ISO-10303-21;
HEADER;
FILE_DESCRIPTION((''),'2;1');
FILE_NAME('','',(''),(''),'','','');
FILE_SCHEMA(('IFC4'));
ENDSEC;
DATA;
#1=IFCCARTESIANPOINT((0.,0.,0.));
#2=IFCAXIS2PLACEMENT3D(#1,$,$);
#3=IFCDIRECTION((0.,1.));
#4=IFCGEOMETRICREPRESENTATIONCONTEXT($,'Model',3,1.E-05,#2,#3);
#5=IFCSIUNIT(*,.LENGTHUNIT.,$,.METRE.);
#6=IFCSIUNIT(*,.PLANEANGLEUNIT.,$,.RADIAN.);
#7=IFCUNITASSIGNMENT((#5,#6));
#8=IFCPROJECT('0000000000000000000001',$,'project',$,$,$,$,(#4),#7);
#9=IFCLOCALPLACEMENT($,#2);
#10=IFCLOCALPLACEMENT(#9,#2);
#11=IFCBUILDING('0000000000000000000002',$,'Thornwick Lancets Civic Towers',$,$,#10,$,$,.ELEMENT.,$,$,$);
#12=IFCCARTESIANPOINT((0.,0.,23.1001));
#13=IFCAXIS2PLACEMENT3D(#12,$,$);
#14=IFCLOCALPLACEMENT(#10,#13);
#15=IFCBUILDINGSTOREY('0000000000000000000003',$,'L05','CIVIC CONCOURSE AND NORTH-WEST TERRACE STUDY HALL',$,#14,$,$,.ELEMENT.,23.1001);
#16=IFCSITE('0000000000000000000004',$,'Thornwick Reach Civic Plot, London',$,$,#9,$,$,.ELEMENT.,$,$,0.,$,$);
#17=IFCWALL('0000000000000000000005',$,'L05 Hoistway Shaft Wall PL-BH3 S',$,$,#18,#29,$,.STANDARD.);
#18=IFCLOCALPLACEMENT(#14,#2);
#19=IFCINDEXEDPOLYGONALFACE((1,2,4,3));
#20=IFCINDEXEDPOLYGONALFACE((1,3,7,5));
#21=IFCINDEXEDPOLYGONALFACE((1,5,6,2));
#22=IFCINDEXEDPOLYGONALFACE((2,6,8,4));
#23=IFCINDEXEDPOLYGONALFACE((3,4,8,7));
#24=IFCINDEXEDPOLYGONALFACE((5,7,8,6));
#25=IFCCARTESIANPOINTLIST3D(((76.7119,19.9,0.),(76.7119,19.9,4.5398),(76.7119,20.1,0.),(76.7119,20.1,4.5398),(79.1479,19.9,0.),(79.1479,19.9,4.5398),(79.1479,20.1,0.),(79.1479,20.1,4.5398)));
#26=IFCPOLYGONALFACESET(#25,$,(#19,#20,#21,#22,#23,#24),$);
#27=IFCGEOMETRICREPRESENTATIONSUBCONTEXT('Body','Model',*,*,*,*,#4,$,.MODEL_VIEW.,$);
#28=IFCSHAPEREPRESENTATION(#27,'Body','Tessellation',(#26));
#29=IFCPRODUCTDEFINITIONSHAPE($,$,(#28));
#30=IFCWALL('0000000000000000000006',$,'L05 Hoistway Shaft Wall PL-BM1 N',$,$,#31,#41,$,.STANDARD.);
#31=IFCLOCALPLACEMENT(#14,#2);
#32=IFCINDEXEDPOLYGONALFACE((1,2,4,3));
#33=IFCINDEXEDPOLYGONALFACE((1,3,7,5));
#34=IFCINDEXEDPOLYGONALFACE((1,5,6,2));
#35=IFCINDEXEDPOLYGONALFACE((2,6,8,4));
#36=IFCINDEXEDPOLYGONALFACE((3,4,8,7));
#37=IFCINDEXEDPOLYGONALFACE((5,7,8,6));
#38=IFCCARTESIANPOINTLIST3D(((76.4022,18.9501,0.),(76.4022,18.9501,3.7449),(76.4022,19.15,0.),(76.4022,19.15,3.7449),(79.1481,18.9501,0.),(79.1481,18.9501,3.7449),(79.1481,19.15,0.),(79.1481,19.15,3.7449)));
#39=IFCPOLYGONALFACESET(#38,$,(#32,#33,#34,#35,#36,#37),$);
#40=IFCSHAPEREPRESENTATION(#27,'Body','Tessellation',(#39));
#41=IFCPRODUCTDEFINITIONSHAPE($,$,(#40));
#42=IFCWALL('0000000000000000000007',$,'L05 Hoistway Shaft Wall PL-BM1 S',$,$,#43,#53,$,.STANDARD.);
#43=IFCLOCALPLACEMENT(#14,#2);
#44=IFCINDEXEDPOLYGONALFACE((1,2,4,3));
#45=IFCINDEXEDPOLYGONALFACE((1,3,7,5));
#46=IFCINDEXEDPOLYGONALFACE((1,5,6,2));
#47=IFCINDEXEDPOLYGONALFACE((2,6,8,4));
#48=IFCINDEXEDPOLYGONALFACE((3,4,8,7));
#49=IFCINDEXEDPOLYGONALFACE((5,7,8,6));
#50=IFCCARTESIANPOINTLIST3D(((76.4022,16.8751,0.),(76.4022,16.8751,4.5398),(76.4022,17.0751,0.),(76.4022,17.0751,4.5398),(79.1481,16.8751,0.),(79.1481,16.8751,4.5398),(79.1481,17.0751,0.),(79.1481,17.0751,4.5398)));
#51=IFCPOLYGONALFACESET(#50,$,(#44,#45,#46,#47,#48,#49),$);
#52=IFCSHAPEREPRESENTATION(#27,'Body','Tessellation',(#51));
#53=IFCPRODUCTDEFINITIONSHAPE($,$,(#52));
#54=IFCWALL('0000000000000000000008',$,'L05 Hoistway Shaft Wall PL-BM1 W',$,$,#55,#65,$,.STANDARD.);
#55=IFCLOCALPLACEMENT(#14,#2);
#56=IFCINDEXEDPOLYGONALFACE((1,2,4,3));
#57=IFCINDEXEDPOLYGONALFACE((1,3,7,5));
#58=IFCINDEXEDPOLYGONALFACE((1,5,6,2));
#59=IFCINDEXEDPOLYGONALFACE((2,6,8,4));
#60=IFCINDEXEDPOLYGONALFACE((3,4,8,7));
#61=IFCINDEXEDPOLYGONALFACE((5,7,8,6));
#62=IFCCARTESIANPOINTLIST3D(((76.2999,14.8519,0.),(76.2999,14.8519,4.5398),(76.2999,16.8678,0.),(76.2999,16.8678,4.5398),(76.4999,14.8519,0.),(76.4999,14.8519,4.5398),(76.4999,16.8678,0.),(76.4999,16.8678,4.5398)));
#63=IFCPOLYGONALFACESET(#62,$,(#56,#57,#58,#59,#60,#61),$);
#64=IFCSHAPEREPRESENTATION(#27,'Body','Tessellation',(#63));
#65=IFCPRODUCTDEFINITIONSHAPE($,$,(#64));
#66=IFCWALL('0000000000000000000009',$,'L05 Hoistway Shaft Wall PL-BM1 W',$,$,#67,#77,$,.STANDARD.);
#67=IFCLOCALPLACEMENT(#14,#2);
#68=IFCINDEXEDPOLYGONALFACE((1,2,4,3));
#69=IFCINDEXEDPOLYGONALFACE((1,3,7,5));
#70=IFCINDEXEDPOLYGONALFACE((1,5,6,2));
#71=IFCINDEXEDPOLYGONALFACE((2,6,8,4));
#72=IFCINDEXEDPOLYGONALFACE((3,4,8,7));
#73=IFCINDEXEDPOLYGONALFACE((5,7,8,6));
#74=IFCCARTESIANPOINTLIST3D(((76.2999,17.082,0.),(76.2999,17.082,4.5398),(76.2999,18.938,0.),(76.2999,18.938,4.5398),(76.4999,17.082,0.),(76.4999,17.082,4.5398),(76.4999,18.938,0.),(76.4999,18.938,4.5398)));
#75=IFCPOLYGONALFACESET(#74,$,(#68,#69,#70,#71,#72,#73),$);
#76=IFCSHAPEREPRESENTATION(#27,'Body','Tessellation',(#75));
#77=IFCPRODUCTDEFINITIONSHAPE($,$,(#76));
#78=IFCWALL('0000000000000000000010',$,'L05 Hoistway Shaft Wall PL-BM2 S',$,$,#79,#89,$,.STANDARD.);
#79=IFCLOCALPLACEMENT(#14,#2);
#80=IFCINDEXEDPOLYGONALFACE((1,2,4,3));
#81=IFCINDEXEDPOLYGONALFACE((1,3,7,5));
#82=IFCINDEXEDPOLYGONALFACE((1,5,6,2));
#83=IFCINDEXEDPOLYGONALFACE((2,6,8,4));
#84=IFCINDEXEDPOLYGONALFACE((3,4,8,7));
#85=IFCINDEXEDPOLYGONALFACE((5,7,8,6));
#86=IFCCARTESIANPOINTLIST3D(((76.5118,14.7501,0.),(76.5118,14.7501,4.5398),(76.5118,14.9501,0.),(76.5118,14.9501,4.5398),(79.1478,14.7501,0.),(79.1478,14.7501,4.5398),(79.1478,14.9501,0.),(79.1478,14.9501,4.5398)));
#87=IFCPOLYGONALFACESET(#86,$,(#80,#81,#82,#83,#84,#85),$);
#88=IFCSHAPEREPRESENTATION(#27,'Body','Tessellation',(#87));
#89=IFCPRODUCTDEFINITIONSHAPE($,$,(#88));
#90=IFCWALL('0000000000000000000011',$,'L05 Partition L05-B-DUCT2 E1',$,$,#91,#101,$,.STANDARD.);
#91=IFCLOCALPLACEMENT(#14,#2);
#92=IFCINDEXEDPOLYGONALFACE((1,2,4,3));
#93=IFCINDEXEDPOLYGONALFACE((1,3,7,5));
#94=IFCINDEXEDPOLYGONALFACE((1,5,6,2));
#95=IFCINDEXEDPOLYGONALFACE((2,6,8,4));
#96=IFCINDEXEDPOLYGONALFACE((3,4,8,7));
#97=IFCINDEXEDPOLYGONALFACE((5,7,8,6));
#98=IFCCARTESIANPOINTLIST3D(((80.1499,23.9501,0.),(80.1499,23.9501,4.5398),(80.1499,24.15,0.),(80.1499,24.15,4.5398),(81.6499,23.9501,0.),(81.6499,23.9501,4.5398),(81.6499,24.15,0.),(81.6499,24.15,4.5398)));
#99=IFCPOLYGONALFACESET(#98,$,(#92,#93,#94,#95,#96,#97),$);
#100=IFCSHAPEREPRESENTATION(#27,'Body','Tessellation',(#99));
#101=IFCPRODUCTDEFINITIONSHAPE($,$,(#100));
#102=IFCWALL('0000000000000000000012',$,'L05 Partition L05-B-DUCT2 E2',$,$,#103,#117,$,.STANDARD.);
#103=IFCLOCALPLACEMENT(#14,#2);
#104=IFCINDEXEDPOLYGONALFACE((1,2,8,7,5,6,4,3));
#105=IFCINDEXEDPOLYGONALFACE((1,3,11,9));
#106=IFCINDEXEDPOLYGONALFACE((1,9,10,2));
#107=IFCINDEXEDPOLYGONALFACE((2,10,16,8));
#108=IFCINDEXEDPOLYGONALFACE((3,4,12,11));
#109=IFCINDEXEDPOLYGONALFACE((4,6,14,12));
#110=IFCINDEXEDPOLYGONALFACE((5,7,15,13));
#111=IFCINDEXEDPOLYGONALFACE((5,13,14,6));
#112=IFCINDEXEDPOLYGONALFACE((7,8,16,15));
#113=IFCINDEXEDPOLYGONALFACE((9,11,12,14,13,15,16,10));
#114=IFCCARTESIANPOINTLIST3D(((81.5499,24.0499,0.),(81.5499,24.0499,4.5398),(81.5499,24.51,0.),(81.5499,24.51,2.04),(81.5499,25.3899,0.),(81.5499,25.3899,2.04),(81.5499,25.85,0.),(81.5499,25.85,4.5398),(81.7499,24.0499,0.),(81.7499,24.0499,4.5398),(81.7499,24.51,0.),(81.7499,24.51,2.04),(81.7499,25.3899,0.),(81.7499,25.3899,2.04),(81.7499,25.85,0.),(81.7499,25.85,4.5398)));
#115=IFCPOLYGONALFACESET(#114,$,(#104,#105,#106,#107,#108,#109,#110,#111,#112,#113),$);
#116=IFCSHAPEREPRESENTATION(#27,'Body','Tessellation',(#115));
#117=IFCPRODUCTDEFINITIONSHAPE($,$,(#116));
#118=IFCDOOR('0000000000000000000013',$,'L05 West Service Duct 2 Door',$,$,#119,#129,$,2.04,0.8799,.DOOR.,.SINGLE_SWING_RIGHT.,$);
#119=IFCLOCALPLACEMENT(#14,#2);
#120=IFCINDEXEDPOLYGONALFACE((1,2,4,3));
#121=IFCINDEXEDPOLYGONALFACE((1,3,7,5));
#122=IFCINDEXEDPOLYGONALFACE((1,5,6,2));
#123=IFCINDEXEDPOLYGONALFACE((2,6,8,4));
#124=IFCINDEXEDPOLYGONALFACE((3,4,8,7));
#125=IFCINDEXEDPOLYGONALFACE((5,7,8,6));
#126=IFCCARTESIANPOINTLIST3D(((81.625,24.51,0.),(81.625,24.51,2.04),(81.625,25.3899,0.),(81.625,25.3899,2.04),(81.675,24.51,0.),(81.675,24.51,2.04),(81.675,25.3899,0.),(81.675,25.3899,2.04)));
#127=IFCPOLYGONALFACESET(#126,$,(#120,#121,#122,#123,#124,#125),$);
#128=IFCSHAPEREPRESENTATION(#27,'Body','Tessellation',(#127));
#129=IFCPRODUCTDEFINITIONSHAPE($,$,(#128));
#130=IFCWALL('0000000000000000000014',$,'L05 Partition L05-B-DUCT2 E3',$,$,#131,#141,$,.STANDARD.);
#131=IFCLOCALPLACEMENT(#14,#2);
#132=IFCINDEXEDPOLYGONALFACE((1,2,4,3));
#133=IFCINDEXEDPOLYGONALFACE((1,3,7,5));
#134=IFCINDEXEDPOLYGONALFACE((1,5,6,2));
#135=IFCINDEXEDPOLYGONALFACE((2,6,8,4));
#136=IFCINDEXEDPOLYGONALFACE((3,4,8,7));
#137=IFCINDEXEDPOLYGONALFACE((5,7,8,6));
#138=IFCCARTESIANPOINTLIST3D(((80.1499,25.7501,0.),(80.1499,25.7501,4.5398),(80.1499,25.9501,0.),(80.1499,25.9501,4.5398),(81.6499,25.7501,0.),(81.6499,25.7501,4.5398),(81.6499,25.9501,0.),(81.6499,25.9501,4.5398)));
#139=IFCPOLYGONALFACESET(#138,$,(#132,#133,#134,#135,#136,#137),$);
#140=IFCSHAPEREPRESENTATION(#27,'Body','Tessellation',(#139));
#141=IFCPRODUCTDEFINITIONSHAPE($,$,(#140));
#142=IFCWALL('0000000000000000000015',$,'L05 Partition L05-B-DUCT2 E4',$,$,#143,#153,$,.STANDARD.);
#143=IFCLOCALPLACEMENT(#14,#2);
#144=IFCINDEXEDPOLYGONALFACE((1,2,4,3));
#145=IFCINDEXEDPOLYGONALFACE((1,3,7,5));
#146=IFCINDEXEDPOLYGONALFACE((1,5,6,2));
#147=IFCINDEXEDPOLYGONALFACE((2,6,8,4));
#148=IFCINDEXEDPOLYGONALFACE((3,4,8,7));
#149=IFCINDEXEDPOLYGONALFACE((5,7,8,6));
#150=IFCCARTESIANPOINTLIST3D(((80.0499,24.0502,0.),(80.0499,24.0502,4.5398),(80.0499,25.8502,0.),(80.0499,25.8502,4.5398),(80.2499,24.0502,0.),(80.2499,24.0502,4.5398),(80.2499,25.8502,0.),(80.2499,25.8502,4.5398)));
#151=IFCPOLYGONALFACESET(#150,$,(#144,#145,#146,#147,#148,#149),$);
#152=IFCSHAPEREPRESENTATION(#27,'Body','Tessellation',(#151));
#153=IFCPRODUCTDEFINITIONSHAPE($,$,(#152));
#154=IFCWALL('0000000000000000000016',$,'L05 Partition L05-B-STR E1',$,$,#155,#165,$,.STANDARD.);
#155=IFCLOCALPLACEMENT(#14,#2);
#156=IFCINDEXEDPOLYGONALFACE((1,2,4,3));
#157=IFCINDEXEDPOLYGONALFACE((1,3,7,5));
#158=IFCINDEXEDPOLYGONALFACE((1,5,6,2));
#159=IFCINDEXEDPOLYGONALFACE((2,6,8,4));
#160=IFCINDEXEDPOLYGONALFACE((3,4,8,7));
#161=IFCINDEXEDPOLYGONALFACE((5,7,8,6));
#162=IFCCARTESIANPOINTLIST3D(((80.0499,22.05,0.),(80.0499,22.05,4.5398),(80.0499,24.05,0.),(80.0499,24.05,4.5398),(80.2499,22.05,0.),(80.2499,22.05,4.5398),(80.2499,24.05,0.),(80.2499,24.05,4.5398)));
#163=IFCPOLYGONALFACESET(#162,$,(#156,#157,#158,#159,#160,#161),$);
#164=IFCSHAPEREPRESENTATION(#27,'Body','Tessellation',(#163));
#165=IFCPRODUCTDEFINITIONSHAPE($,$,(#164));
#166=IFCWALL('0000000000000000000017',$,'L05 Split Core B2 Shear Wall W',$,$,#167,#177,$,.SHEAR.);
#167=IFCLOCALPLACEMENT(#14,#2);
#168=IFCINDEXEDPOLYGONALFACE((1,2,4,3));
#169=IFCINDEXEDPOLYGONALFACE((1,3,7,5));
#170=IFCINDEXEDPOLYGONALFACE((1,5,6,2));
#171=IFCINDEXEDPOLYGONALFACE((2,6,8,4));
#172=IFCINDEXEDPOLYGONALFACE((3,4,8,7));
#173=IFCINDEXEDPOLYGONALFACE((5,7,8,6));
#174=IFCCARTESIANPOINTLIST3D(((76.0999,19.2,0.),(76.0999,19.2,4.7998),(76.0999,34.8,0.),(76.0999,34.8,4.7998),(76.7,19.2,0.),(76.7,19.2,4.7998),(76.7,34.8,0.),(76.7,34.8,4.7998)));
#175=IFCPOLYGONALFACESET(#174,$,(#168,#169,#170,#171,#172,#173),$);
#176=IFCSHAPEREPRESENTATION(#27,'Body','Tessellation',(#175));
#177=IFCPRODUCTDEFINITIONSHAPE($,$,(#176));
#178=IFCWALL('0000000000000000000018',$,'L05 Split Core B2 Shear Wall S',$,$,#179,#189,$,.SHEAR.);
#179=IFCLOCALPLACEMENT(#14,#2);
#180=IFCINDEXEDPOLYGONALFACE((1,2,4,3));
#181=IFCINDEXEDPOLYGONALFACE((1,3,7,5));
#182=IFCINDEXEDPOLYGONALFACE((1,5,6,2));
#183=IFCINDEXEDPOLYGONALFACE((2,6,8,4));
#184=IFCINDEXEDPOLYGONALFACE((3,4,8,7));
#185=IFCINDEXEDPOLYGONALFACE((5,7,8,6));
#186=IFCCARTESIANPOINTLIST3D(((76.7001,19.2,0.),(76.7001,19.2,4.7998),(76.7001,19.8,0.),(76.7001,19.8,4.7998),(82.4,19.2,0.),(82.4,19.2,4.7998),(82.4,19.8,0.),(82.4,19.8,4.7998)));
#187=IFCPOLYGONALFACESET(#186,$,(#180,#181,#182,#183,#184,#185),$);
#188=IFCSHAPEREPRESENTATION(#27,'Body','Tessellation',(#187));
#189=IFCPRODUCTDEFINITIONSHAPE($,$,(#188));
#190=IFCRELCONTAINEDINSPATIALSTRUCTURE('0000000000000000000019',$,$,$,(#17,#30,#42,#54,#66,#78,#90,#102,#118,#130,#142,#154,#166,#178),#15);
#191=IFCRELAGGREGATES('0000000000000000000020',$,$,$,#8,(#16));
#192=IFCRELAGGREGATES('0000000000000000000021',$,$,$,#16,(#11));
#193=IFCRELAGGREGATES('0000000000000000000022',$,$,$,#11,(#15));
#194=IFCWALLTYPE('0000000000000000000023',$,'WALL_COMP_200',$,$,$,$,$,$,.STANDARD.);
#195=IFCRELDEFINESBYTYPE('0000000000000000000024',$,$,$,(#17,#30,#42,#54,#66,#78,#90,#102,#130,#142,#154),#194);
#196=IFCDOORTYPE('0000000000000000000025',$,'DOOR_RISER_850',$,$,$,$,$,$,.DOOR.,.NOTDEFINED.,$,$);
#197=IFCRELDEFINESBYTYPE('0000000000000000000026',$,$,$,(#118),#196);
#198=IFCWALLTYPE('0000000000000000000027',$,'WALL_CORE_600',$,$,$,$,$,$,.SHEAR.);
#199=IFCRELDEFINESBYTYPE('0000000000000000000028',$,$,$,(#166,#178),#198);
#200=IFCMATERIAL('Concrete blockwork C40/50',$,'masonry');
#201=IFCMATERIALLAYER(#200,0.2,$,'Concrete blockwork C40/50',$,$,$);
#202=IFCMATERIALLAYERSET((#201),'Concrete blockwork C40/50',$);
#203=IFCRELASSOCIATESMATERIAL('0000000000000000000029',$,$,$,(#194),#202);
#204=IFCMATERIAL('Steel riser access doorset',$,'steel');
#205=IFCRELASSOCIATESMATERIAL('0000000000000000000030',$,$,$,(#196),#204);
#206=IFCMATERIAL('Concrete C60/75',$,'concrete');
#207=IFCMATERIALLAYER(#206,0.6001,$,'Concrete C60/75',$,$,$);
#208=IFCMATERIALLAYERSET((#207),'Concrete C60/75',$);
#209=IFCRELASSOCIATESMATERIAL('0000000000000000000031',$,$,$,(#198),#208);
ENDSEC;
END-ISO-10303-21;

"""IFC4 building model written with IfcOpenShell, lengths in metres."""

from ifc_helpers import new_model, si_unit, direction, frame, frame_2d, origin, place, context, subcontext, project, spatial, rectangle, extrude, material, layer, layer_set, type_object, element, fill, save


model = new_model("IFC4")

# Units and contexts
model_context = context("Model", 3, precision=1e-05, world=origin(), true_north=direction((0.0, 1.0)))
body_context = subcontext(model_context, "Body", "Model", "MODEL_VIEW")
ifc_project = project(units=[si_unit("LENGTHUNIT", "METRE"), si_unit("PLANEANGLEUNIT", "RADIAN")], contexts=[model_context])

# Site, building, storey
site_placement = place(None, origin())
site = spatial("IfcSite", under=ifc_project, at=site_placement, Name="Thornwick Reach Civic Plot, London", CompositionType="ELEMENT", RefElevation=0.0)
building_placement = place(site_placement, origin())
building = spatial("IfcBuilding", under=site, at=building_placement, Name="Thornwick Lancets Civic Towers", CompositionType="ELEMENT")
storey_placement = place(building_placement, frame((0.0, 0.0, 23.1001)))
storey = spatial("IfcBuildingStorey", under=building, at=storey_placement, Name="L05", Description="CIVIC CONCOURSE AND NORTH-WEST TERRACE STUDY HALL", CompositionType="ELEMENT", Elevation=23.1001)

# Shared definitions
ifc_material_1 = material(Name="Concrete C60/75", Category="concrete")

# Shared definitions
ifc_material_2 = material(Name="Concrete blockwork C40/50", Category="masonry")
ifc_layer_1 = layer(ifc_material_2, 0.2, Name="Concrete blockwork C40/50")
ifc_layer_set_1 = layer_set([ifc_layer_1], Name="Concrete blockwork C40/50")
wall_type_1 = type_object("IfcWallType", Name="WALL_COMP_200", PredefinedType="STANDARD", material=ifc_layer_set_1)

# Walls
for number, where, z_axis, x_axis, name in (
    (1, (76.7119, 20.0, 0.0), (0.0, 0.0, 1.0), (1.0, 0.0, 0.0), "L05 Hoistway Shaft Wall PL-BH3 S"),
):
    element("IfcWall", number, at=place(storey_placement, frame(where, z_axis=z_axis, x_axis=x_axis)), inside=storey, type_object=wall_type_1, Name=name, PredefinedType="STANDARD", context=body_context, shape_type="SweptSolid", body=[
        extrude(rectangle(XDim=2.436, YDim=0.2, at=frame_2d((1.218, 0.0))), origin(), (0.0, 0.0, 1.0), 4.5398),
    ])
wall_1_placement = place(storey_placement, frame((76.4021, 19.05, 0.0), z_axis=(0.0, 0.0, 1.0), x_axis=(1.0, 0.0, 0.0)))
element("IfcWall", 2, at=wall_1_placement, inside=storey, type_object=wall_type_1, Name="L05 Hoistway Shaft Wall PL-BM1 N", PredefinedType="STANDARD", context=body_context, shape_type="SweptSolid", body=[
    extrude(rectangle(XDim=2.7458, YDim=0.2, at=frame_2d((1.373, 0.0))), origin(), (0.0, 0.0, 1.0), 3.7449),
])
wall_2_placement = place(storey_placement, frame((76.4021, 16.9751, 0.0), z_axis=(0.0, 0.0, 1.0), x_axis=(1.0, 0.0, 0.0)))
element("IfcWall", 3, at=wall_2_placement, inside=storey, type_object=wall_type_1, Name="L05 Hoistway Shaft Wall PL-BM1 S", PredefinedType="STANDARD", context=body_context, shape_type="SweptSolid", body=[
    extrude(rectangle(XDim=2.7458, YDim=0.2, at=frame_2d((1.373, 0.0))), origin(), (0.0, 0.0, 1.0), 4.5398),
])
wall_3_placement = place(storey_placement, frame((76.3999, 14.8521, 0.0), z_axis=(0.0, 0.0, 1.0), x_axis=(0.0, 1.0, 0.0)))
element("IfcWall", 4, at=wall_3_placement, inside=storey, type_object=wall_type_1, Name="L05 Hoistway Shaft Wall PL-BM1 W", PredefinedType="STANDARD", context=body_context, shape_type="SweptSolid", body=[
    extrude(rectangle(XDim=2.0159, YDim=0.2, at=frame_2d((1.0078, 0.0))), origin(), (0.0, 0.0, 1.0), 4.5398),
])
wall_4_placement = place(storey_placement, frame((76.3999, 17.082, 0.0), z_axis=(0.0, 0.0, 1.0), x_axis=(0.0, 1.0, 0.0)))
element("IfcWall", 5, at=wall_4_placement, inside=storey, type_object=wall_type_1, Name="L05 Hoistway Shaft Wall PL-BM1 W", PredefinedType="STANDARD", context=body_context, shape_type="SweptSolid", body=[
    extrude(rectangle(XDim=1.856, YDim=0.2, at=frame_2d((0.928, 0.0))), origin(), (0.0, 0.0, 1.0), 4.5398),
])
wall_5_placement = place(storey_placement, frame((76.512, 14.8501, 0.0), z_axis=(0.0, 0.0, 1.0), x_axis=(1.0, 0.0, 0.0)))
element("IfcWall", 6, at=wall_5_placement, inside=storey, type_object=wall_type_1, Name="L05 Hoistway Shaft Wall PL-BM2 S", PredefinedType="STANDARD", context=body_context, shape_type="SweptSolid", body=[
    extrude(rectangle(XDim=2.636, YDim=0.2, at=frame_2d((1.3179, 0.0))), origin(), (0.0, 0.0, 1.0), 4.5398),
])
wall_6_placement = place(storey_placement, frame((80.1499, 24.05, 0.0), z_axis=(0.0, 0.0, 1.0), x_axis=(1.0, 0.0, 0.0)))
element("IfcWall", 7, at=wall_6_placement, inside=storey, type_object=wall_type_1, Name="L05 Partition L05-B-DUCT2 E1", PredefinedType="STANDARD", context=body_context, shape_type="SweptSolid", body=[
    extrude(rectangle(XDim=1.5, YDim=0.2, at=frame_2d((0.75, 0.0))), origin(), (0.0, 0.0, 1.0), 4.5398),
])

# Wall, opening, door
wall_7_placement = place(storey_placement, frame((81.6499, 24.05, 0.0), z_axis=(0.0, 0.0, 1.0), x_axis=(0.0, 1.0, 0.0)))
wall_7 = element("IfcWall", 8, at=wall_7_placement, inside=storey, type_object=wall_type_1, Name="L05 Partition L05-B-DUCT2 E2", PredefinedType="STANDARD", context=body_context, shape_type="SweptSolid", body=[
    extrude(rectangle(XDim=1.8, YDim=0.2, at=frame_2d((0.8999, 0.0))), origin(), (0.0, 0.0, 1.0), 4.5398),
])
opening_1_placement = place(wall_7_placement, frame((0.46, 0.0, 0.0)))
opening_1 = element("IfcOpeningElement", 9, at=opening_1_placement, cuts=wall_7, PredefinedType="OPENING", context=body_context, shape_type="SweptSolid", body=[
    extrude(rectangle(XDim=0.8799, YDim=2.04, at=frame_2d((0.4399, 1.02))), frame((0.0, 0.1099, 0.0), z_axis=(0.0, -1.0, 0.0), x_axis=(1.0, 0.0, 0.0)), (0.0, 0.0, 1.0), 0.22),
])
ifc_material_3 = material(Name="Steel riser access doorset", Category="steel")
door_type_1 = type_object("IfcDoorType", Name="DOOR_RISER_850", OperationType="NOTDEFINED", PredefinedType="DOOR", material=ifc_material_3)
door_1_placement = place(opening_1_placement, origin())
door_1 = element("IfcDoor", 10, at=door_1_placement, inside=storey, type_object=door_type_1, Name="L05 West Service Duct 2 Door", OperationType="SINGLE_SWING_RIGHT", OverallHeight=2.04, OverallWidth=0.8799, PredefinedType="DOOR", context=body_context, shape_type="SweptSolid", body=[
    extrude(rectangle(XDim=0.8799, YDim=2.04, at=frame_2d((0.4399, 1.02))), frame((0.0, 0.0249, 0.0), z_axis=(0.0, -1.0, 0.0), x_axis=(1.0, 0.0, 0.0)), (0.0, 0.0, 1.0), 0.05),
])
fill(opening_1, door_1)

# Walls
wall_8_placement = place(storey_placement, frame((81.6499, 25.8501, 0.0), z_axis=(0.0, 0.0, 1.0), x_axis=(-1.0, 0.0, 0.0)))
element("IfcWall", 11, at=wall_8_placement, inside=storey, type_object=wall_type_1, Name="L05 Partition L05-B-DUCT2 E3", PredefinedType="STANDARD", context=body_context, shape_type="SweptSolid", body=[
    extrude(rectangle(XDim=1.5, YDim=0.2, at=frame_2d((0.75, 0.0))), origin(), (0.0, 0.0, 1.0), 4.5398),
])
wall_9_placement = place(storey_placement, frame((80.1499, 25.8501, 0.0), z_axis=(0.0, 0.0, 1.0), x_axis=(0.0, -1.0, 0.0)))
element("IfcWall", 12, at=wall_9_placement, inside=storey, type_object=wall_type_1, Name="L05 Partition L05-B-DUCT2 E4", PredefinedType="STANDARD", context=body_context, shape_type="SweptSolid", body=[
    extrude(rectangle(XDim=1.8, YDim=0.2, at=frame_2d((0.8999, 0.0))), origin(), (0.0, 0.0, 1.0), 4.5398),
])
wall_10_placement = place(storey_placement, frame((80.1499, 22.05, 0.0), z_axis=(0.0, 0.0, 1.0), x_axis=(0.0, 1.0, 0.0)))
element("IfcWall", 13, at=wall_10_placement, inside=storey, type_object=wall_type_1, Name="L05 Partition L05-B-STR E1", PredefinedType="STANDARD", context=body_context, shape_type="SweptSolid", body=[
    extrude(rectangle(XDim=2.0, YDim=0.2, at=frame_2d((1.0, 0.0))), origin(), (0.0, 0.0, 1.0), 4.5398),
])
ifc_layer_2 = layer(ifc_material_1, 0.6001, Name="Concrete C60/75")
ifc_layer_set_2 = layer_set([ifc_layer_2], Name="Concrete C60/75")
wall_type_2 = type_object("IfcWallType", Name="WALL_CORE_600", PredefinedType="SHEAR", material=ifc_layer_set_2)
wall_11_placement = place(storey_placement, frame((76.3999, 19.2, 0.0), z_axis=(0.0, 0.0, 1.0), x_axis=(0.0, 1.0, 0.0)))
element("IfcWall", 14, at=wall_11_placement, inside=storey, type_object=wall_type_2, Name="L05 Split Core B2 Shear Wall W", PredefinedType="SHEAR", context=body_context, shape_type="SweptSolid", body=[
    extrude(rectangle(XDim=15.6001, YDim=0.6001, at=frame_2d((7.8, 0.0))), origin(), (0.0, 0.0, 1.0), 4.7998),
])
wall_12_placement = place(storey_placement, frame((76.7, 19.5, 0.0), z_axis=(0.0, 0.0, 1.0), x_axis=(1.0, 0.0, 0.0)))
element("IfcWall", 15, at=wall_12_placement, inside=storey, type_object=wall_type_2, Name="L05 Split Core B2 Shear Wall S", PredefinedType="SHEAR", context=body_context, shape_type="SweptSolid", body=[
    extrude(rectangle(XDim=5.7, YDim=0.6001, at=frame_2d((2.8501, 0.0))), origin(), (0.0, 0.0, 1.0), 4.7998),
])

save(model, "model.ifc")
